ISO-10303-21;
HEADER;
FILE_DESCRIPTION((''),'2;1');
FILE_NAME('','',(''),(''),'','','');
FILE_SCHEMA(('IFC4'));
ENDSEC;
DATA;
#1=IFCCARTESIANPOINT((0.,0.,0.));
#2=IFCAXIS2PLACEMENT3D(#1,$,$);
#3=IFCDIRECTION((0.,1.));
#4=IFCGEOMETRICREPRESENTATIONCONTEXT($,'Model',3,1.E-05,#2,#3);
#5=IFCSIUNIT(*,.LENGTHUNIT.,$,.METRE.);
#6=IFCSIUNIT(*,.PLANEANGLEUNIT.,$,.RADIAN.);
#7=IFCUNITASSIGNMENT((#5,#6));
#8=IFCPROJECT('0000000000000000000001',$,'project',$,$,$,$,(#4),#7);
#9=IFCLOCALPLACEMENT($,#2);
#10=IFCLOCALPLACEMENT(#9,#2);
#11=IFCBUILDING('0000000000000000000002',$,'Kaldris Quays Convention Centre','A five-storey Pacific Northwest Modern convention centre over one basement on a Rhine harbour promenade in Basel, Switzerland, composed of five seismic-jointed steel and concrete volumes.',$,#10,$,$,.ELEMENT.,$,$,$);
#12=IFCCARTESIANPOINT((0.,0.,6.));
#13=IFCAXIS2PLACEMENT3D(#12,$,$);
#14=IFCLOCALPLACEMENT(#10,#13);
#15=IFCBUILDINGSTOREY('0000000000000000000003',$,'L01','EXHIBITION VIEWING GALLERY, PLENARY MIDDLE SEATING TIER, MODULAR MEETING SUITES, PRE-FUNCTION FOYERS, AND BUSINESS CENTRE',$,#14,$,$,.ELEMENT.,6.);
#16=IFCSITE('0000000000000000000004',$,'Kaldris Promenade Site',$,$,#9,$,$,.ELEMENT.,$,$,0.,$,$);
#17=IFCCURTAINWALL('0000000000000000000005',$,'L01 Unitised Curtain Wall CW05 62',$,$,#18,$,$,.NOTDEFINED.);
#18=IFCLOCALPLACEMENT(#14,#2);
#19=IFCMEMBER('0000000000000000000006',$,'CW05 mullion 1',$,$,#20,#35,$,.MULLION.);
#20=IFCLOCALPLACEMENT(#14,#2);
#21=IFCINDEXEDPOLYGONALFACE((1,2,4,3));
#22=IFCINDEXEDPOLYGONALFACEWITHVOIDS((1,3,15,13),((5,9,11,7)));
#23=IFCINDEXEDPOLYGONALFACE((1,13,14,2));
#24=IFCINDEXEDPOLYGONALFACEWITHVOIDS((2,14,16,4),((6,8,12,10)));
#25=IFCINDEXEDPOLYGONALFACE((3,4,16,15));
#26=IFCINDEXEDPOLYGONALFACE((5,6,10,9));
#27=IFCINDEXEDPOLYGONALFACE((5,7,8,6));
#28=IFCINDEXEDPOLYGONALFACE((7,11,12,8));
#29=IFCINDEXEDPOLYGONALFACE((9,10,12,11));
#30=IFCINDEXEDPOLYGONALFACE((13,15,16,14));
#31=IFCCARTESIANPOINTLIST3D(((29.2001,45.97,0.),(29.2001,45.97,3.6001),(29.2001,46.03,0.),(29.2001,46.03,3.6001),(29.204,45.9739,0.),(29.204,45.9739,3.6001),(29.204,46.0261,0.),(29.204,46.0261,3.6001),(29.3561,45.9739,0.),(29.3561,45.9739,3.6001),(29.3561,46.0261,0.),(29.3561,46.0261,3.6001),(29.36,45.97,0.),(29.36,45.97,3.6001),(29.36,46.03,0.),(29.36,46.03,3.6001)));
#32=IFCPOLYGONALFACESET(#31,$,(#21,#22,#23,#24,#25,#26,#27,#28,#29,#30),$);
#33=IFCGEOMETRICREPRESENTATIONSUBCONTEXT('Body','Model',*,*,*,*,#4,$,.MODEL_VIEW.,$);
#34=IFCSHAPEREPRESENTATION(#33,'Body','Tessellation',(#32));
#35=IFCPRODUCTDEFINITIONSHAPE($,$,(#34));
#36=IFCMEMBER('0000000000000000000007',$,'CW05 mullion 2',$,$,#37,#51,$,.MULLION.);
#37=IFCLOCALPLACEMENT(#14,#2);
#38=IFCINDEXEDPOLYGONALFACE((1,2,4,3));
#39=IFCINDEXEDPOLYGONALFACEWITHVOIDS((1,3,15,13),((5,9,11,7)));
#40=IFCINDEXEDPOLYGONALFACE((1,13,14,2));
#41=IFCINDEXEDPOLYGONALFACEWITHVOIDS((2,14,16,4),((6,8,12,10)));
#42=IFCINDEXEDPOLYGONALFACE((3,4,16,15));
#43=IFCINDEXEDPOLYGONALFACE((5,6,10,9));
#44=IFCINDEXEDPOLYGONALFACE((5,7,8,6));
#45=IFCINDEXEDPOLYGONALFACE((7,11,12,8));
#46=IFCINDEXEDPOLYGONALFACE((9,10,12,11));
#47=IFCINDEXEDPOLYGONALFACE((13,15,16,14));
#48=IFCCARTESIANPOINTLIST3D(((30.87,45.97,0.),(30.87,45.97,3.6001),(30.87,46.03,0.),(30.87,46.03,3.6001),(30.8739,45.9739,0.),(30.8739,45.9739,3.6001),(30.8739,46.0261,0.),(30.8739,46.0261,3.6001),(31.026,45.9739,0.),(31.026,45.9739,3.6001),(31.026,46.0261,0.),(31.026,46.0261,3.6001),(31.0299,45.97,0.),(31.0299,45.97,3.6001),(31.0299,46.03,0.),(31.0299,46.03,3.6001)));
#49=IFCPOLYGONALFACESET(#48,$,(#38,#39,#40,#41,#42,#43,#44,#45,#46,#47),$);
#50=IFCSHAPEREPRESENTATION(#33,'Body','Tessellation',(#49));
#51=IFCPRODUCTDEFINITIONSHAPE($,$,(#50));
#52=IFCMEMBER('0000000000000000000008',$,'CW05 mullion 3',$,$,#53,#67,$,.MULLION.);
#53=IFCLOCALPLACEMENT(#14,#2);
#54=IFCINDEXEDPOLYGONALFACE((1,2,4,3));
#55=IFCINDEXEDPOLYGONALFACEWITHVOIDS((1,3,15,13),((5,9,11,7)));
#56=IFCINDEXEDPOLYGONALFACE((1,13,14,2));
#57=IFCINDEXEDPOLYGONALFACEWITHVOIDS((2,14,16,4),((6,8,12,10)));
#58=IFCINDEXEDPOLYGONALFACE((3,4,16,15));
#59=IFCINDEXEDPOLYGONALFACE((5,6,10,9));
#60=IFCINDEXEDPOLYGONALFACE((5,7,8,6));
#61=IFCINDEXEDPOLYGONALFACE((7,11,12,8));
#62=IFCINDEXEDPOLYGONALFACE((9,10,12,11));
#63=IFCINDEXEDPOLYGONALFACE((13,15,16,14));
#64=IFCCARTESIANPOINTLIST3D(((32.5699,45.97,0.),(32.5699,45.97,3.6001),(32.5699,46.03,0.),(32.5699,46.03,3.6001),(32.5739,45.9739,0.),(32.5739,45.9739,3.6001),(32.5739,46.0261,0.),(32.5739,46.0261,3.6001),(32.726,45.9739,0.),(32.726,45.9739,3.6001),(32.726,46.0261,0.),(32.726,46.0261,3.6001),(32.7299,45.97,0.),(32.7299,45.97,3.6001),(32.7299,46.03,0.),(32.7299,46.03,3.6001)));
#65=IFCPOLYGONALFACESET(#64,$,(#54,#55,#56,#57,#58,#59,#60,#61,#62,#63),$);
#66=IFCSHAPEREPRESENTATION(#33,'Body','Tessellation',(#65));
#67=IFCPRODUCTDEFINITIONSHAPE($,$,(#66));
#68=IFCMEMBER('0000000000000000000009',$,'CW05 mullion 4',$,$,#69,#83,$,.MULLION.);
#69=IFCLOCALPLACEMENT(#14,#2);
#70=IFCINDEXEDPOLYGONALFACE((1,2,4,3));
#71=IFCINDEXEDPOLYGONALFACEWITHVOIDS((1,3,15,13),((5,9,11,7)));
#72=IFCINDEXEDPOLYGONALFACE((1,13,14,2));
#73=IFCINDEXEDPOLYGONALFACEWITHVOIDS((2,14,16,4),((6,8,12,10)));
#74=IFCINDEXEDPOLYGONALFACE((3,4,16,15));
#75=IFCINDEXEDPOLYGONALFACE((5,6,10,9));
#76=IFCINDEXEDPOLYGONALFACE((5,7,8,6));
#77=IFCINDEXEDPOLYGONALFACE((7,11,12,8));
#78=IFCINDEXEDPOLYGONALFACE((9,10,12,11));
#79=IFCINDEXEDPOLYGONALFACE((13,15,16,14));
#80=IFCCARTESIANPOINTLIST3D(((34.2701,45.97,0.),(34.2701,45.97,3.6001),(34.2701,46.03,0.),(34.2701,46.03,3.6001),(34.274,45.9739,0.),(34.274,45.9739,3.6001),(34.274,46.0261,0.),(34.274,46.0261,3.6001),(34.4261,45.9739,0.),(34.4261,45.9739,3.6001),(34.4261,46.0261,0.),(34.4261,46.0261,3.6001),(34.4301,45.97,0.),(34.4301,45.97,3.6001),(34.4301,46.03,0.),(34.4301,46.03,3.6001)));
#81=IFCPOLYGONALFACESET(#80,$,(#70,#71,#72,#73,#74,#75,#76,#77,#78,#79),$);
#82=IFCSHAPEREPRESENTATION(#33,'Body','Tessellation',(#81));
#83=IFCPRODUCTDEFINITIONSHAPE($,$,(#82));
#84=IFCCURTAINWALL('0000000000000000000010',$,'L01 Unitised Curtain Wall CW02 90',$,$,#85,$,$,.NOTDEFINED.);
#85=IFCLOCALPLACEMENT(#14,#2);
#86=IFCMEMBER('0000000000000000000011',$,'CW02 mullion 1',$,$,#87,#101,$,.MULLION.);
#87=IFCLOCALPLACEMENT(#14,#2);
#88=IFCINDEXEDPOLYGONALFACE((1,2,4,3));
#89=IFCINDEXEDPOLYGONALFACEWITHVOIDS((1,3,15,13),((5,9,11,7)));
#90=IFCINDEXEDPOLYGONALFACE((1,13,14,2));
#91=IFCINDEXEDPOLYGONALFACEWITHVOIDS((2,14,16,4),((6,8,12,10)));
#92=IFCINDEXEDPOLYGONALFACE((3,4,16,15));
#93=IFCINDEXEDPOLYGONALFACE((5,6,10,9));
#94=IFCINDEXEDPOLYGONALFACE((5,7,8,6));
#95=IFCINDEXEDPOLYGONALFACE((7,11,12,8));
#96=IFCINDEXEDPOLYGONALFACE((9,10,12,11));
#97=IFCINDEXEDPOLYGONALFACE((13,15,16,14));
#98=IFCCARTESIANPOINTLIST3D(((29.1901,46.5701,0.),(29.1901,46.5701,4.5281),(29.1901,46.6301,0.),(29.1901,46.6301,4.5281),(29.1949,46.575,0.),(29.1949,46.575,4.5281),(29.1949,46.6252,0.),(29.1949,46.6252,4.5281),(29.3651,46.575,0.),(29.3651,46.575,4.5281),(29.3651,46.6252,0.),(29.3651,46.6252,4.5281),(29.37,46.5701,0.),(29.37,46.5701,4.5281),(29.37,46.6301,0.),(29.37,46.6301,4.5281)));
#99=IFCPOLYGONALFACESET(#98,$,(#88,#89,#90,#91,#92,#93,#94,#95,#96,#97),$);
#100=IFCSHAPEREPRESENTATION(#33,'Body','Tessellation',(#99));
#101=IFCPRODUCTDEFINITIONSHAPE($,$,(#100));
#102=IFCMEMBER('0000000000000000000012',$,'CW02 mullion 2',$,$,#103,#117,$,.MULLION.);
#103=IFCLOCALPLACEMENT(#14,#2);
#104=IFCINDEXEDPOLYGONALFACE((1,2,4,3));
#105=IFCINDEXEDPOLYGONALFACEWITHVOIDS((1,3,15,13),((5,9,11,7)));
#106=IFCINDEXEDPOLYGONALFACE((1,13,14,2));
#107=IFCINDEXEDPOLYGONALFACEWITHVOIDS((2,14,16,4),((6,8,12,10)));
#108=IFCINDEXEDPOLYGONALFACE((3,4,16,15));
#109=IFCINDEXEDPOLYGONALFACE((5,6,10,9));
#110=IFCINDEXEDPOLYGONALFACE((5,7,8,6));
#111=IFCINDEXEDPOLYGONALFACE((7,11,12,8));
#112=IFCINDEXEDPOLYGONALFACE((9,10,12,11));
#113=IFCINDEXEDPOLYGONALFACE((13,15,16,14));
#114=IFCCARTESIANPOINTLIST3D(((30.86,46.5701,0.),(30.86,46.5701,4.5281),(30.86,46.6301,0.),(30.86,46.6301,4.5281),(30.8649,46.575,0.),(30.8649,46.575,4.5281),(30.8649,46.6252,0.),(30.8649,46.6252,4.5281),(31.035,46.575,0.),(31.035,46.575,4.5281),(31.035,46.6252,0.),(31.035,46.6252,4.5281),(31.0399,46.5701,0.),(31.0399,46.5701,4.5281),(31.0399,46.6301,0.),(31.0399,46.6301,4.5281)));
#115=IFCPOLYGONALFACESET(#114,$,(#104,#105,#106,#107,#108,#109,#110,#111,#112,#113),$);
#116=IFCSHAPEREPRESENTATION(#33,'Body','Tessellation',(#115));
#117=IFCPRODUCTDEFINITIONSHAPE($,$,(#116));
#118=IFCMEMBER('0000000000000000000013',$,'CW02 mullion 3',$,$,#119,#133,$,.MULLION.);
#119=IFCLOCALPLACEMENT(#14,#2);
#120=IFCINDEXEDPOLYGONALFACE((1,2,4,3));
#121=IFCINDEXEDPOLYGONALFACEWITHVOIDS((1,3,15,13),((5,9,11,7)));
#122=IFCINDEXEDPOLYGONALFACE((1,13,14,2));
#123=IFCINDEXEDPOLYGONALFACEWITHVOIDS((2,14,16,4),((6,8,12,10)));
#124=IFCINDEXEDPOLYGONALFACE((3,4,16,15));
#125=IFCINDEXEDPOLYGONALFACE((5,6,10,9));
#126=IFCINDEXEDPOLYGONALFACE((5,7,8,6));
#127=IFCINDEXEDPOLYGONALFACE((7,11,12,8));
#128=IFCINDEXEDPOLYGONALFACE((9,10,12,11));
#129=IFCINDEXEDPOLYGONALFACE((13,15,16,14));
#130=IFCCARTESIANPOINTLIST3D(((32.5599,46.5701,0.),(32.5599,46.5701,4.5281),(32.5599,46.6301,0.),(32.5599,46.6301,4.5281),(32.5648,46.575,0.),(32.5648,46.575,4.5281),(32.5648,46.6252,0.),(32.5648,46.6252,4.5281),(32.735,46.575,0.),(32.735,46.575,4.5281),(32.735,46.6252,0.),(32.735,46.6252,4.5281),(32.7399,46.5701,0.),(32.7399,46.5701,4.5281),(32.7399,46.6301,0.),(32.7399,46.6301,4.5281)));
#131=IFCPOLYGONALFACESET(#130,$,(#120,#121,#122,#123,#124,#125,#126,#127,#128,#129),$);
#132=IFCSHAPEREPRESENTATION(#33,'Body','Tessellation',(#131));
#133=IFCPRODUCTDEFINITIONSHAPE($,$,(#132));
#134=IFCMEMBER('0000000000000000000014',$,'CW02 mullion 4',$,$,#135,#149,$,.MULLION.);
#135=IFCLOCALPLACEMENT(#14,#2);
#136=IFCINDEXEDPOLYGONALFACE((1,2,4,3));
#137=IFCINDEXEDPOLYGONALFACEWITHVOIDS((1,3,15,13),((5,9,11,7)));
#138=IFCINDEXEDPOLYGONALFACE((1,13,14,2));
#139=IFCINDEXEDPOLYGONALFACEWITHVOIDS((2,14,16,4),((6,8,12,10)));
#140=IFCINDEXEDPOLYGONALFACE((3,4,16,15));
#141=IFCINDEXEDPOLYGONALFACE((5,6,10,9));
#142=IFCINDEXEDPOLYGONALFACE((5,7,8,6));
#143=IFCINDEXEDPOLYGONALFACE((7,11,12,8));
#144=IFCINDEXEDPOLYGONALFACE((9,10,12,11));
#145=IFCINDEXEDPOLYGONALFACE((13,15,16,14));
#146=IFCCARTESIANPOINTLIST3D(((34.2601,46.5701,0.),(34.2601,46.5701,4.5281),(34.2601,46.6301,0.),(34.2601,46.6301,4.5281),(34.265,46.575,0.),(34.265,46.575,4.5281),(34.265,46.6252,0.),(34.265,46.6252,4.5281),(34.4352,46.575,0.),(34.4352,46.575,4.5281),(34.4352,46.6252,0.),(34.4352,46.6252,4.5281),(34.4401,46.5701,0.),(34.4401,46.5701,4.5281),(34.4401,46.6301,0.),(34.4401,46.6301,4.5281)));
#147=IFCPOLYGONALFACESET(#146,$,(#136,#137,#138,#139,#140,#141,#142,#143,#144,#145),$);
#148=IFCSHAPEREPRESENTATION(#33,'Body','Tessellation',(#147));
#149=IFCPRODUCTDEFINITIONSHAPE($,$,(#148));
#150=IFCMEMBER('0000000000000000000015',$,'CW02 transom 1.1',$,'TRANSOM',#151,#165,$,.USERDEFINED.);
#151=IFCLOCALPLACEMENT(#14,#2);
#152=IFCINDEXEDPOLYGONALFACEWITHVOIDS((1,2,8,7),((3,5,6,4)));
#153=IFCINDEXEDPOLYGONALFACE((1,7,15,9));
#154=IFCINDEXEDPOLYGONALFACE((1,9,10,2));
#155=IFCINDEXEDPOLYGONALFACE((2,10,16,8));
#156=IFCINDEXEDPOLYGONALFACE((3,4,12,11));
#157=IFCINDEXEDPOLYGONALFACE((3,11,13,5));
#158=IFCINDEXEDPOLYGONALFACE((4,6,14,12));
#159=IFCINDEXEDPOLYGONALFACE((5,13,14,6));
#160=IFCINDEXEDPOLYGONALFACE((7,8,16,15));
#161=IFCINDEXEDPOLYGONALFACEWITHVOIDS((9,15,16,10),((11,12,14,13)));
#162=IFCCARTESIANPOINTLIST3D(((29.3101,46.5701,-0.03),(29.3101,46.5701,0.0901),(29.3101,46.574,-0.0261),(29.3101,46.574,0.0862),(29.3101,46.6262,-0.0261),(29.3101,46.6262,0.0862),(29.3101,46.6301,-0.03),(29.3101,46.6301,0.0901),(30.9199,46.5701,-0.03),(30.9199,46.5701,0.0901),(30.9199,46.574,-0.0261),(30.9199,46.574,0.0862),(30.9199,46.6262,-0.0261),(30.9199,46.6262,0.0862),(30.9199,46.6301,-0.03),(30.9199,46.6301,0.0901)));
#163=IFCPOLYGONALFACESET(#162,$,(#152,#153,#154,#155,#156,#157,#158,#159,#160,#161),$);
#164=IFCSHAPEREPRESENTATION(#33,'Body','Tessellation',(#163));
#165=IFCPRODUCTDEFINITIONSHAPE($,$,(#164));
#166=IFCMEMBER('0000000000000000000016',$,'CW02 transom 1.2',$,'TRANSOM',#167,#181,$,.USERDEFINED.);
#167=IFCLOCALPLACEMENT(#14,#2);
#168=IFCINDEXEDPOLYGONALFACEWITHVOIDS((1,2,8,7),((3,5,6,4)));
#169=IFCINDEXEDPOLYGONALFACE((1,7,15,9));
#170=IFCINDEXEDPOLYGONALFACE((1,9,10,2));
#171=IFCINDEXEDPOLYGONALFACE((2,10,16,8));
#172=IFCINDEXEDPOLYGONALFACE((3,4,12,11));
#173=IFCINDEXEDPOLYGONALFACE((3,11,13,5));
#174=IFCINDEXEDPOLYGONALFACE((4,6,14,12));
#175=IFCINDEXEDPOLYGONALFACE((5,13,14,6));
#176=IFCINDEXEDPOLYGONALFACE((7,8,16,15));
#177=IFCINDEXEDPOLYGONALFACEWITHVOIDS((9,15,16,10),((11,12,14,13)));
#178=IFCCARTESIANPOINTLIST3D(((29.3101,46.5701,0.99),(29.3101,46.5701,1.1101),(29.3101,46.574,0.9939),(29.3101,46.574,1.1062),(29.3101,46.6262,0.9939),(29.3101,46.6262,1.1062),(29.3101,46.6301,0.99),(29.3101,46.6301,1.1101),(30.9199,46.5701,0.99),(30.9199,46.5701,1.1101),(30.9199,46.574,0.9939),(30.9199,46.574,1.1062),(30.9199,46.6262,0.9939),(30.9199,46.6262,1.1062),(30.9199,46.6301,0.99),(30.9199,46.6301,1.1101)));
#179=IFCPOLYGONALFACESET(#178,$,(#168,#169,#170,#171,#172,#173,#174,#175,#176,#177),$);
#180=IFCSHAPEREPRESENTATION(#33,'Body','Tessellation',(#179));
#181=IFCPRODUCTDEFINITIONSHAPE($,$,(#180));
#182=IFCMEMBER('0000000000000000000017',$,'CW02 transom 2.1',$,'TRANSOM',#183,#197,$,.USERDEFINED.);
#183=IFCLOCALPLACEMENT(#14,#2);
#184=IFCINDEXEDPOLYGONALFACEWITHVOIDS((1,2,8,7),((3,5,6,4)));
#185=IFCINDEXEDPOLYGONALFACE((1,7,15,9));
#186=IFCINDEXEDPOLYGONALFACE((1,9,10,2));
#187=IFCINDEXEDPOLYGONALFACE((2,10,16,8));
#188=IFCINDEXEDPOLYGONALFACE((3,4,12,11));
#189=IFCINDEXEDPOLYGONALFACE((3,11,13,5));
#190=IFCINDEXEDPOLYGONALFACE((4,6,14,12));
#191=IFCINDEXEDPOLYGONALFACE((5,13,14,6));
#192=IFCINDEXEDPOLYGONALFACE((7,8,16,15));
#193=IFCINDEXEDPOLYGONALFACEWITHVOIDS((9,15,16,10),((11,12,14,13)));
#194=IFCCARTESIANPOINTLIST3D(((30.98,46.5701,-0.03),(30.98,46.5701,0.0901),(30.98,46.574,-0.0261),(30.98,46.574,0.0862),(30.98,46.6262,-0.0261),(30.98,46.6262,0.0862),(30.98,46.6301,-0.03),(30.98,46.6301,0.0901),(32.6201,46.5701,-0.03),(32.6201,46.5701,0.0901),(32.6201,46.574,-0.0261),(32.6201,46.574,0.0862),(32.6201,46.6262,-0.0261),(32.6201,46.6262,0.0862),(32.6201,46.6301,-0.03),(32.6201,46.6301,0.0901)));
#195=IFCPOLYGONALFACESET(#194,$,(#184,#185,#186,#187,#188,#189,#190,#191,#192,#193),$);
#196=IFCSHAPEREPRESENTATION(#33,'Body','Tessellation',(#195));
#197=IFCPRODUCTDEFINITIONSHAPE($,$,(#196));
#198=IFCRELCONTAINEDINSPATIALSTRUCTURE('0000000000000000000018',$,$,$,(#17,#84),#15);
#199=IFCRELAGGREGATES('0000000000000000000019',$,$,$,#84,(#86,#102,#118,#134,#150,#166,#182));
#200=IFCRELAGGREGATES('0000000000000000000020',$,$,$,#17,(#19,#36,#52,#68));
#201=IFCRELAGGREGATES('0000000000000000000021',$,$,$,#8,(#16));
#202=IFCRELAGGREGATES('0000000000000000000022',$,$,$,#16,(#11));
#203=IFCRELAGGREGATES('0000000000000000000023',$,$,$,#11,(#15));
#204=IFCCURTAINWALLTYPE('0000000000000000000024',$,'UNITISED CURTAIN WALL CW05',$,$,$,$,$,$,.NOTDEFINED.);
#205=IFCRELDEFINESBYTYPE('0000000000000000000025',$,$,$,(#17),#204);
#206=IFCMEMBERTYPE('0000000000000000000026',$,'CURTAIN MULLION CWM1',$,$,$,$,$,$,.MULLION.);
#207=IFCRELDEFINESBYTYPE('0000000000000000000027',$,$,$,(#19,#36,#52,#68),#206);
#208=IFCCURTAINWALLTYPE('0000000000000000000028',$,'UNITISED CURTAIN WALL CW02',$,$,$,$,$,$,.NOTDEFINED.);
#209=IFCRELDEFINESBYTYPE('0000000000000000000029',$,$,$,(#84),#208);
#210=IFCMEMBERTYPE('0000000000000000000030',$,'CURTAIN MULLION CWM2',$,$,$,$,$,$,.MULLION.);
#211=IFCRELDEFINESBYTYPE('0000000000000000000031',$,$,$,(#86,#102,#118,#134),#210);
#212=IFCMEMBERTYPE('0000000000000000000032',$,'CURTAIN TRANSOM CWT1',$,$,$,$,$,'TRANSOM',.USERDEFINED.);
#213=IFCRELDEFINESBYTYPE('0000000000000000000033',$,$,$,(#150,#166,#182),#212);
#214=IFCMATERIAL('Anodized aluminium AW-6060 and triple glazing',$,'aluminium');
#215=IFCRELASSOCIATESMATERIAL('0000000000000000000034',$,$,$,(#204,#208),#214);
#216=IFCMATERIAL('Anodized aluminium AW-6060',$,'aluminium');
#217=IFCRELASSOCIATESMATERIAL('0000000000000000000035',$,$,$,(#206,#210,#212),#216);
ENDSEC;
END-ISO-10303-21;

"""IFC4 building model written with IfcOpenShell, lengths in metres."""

from ifc_helpers import new_model, si_unit, direction, frame, origin, origin_2d, place, context, subcontext, project, spatial, hollow_rectangle, extrude, material, material_profile, profile_set, type_object, element, aggregate, save


model = new_model("IFC4")

# Units and contexts
model_context = context("Model", 3, precision=1e-05, world=origin(), true_north=direction((0.0, 1.0)))
body_context = subcontext(model_context, "Body", "Model", "MODEL_VIEW")
ifc_project = project(units=[si_unit("LENGTHUNIT", "METRE"), si_unit("PLANEANGLEUNIT", "RADIAN")], contexts=[model_context])

# Site, building, storey
site_placement = place(None, origin())
site = spatial("IfcSite", under=ifc_project, at=site_placement, Name="Kaldris Promenade Site", CompositionType="ELEMENT", RefElevation=0.0)
building_placement = place(site_placement, origin())
building = spatial("IfcBuilding", under=site, at=building_placement, Name="Kaldris Quays Convention Centre", Description="A five-storey Pacific Northwest Modern convention centre over one basement on a Rhine harbour promenade in Basel, Switzerland, composed of five seismic-jointed steel and concrete volumes.", CompositionType="ELEMENT")
storey_placement = place(building_placement, frame((0.0, 0.0, 6.0)))
storey = spatial("IfcBuildingStorey", under=building, at=storey_placement, Name="L01", Description="EXHIBITION VIEWING GALLERY, PLENARY MIDDLE SEATING TIER, MODULAR MEETING SUITES, PRE-FUNCTION FOYERS, AND BUSINESS CENTRE", CompositionType="ELEMENT", Elevation=6.0)

# Curtain walls, members
ifc_material_1 = material(Name="Anodized aluminium AW-6060 and triple glazing", Category="aluminium")
curtain_wall_type_1 = type_object("IfcCurtainWallType", Name="UNITISED CURTAIN WALL CW05", PredefinedType="NOTDEFINED", material=ifc_material_1)
curtain_wall_1_placement = place(storey_placement, origin())
curtain_wall_1 = element("IfcCurtainWall", 1, at=curtain_wall_1_placement, inside=storey, type_object=curtain_wall_type_1, Name="L01 Unitised Curtain Wall CW05 62", PredefinedType="NOTDEFINED")
ifc_material_2 = material(Name="Anodized aluminium AW-6060", Category="aluminium")
ifc_material_profile_1 = material_profile(ifc_material_2, hollow_rectangle(XDim=0.0601, YDim=0.1599, WallThickness=0.0039, at=origin_2d()), Name="RHS 160x60x4")
ifc_profile_set_1 = profile_set([ifc_material_profile_1], Name="Anodized aluminium AW-6060")
member_type_1 = type_object("IfcMemberType", Name="CURTAIN MULLION CWM1", PredefinedType="MULLION", material=ifc_profile_set_1)
member_1_placement = place(storey_placement, frame((29.28, 46.0, 0.0), z_axis=(0.0, 0.0, 1.0), x_axis=(0.0, 1.0, 0.0)))
member_1 = element("IfcMember", 2, at=member_1_placement, type_object=member_type_1, Name="CW05 mullion 1", PredefinedType="MULLION", context=body_context, shape_type="SweptSolid", body=[
    extrude(hollow_rectangle(XDim=0.0601, YDim=0.1599, WallThickness=0.0039, at=origin_2d()), origin(), (0.0, 0.0, 1.0), 3.6001),
])
member_2_placement = place(storey_placement, frame((30.95, 46.0, 0.0), z_axis=(0.0, 0.0, 1.0), x_axis=(0.0, 1.0, 0.0)))
member_2 = element("IfcMember", 3, at=member_2_placement, type_object=member_type_1, Name="CW05 mullion 2", PredefinedType="MULLION", context=body_context, shape_type="SweptSolid", body=[
    extrude(hollow_rectangle(XDim=0.0601, YDim=0.1599, WallThickness=0.0039, at=origin_2d()), origin(), (0.0, 0.0, 1.0), 3.6001),
])
member_3_placement = place(storey_placement, frame((32.6499, 46.0, 0.0), z_axis=(0.0, 0.0, 1.0), x_axis=(0.0, 1.0, 0.0)))
member_3 = element("IfcMember", 4, at=member_3_placement, type_object=member_type_1, Name="CW05 mullion 3", PredefinedType="MULLION", context=body_context, shape_type="SweptSolid", body=[
    extrude(hollow_rectangle(XDim=0.0601, YDim=0.1599, WallThickness=0.0039, at=origin_2d()), origin(), (0.0, 0.0, 1.0), 3.6001),
])
member_4_placement = place(storey_placement, frame((34.3501, 46.0, 0.0), z_axis=(0.0, 0.0, 1.0), x_axis=(0.0, 1.0, 0.0)))
member_4 = element("IfcMember", 5, at=member_4_placement, type_object=member_type_1, Name="CW05 mullion 4", PredefinedType="MULLION", context=body_context, shape_type="SweptSolid", body=[
    extrude(hollow_rectangle(XDim=0.0601, YDim=0.1599, WallThickness=0.0039, at=origin_2d()), origin(), (0.0, 0.0, 1.0), 3.6001),
])
curtain_wall_type_2 = type_object("IfcCurtainWallType", Name="UNITISED CURTAIN WALL CW02", PredefinedType="NOTDEFINED", material=ifc_material_1)
curtain_wall_2_placement = place(storey_placement, origin())
curtain_wall_2 = element("IfcCurtainWall", 6, at=curtain_wall_2_placement, inside=storey, type_object=curtain_wall_type_2, Name="L01 Unitised Curtain Wall CW02 90", PredefinedType="NOTDEFINED")
ifc_material_profile_2 = material_profile(ifc_material_2, hollow_rectangle(XDim=0.0601, YDim=0.1799, WallThickness=0.0049, at=origin_2d()), Name="RHS 180x60x5")
ifc_profile_set_2 = profile_set([ifc_material_profile_2], Name="Anodized aluminium AW-6060")
member_type_2 = type_object("IfcMemberType", Name="CURTAIN MULLION CWM2", PredefinedType="MULLION", material=ifc_profile_set_2)
member_5_placement = place(storey_placement, frame((29.28, 46.6001, 0.0), z_axis=(0.0, 0.0, 1.0), x_axis=(0.0, 1.0, 0.0)))
member_5 = element("IfcMember", 7, at=member_5_placement, type_object=member_type_2, Name="CW02 mullion 1", PredefinedType="MULLION", context=body_context, shape_type="SweptSolid", body=[
    extrude(hollow_rectangle(XDim=0.0601, YDim=0.1799, WallThickness=0.0049, at=origin_2d()), origin(), (0.0, 0.0, 1.0), 4.5281),
])
member_6_placement = place(storey_placement, frame((30.95, 46.6001, 0.0), z_axis=(0.0, 0.0, 1.0), x_axis=(0.0, 1.0, 0.0)))
member_6 = element("IfcMember", 8, at=member_6_placement, type_object=member_type_2, Name="CW02 mullion 2", PredefinedType="MULLION", context=body_context, shape_type="SweptSolid", body=[
    extrude(hollow_rectangle(XDim=0.0601, YDim=0.1799, WallThickness=0.0049, at=origin_2d()), origin(), (0.0, 0.0, 1.0), 4.5281),
])
member_7_placement = place(storey_placement, frame((32.6499, 46.6001, 0.0), z_axis=(0.0, 0.0, 1.0), x_axis=(0.0, 1.0, 0.0)))
member_7 = element("IfcMember", 9, at=member_7_placement, type_object=member_type_2, Name="CW02 mullion 3", PredefinedType="MULLION", context=body_context, shape_type="SweptSolid", body=[
    extrude(hollow_rectangle(XDim=0.0601, YDim=0.1799, WallThickness=0.0049, at=origin_2d()), origin(), (0.0, 0.0, 1.0), 4.5281),
])
member_8_placement = place(storey_placement, frame((34.3501, 46.6001, 0.0), z_axis=(0.0, 0.0, 1.0), x_axis=(0.0, 1.0, 0.0)))
member_8 = element("IfcMember", 10, at=member_8_placement, type_object=member_type_2, Name="CW02 mullion 4", PredefinedType="MULLION", context=body_context, shape_type="SweptSolid", body=[
    extrude(hollow_rectangle(XDim=0.0601, YDim=0.1799, WallThickness=0.0049, at=origin_2d()), origin(), (0.0, 0.0, 1.0), 4.5281),
])
ifc_material_profile_3 = material_profile(ifc_material_2, hollow_rectangle(XDim=0.0601, YDim=0.1201, WallThickness=0.0039, at=origin_2d()), Name="RHS 120x60x4")
ifc_profile_set_3 = profile_set([ifc_material_profile_3], Name="Anodized aluminium AW-6060")
member_type_3 = type_object("IfcMemberType", Name="CURTAIN TRANSOM CWT1", ElementType="TRANSOM", PredefinedType="USERDEFINED", material=ifc_profile_set_3)
member_9_placement = place(storey_placement, frame((29.3101, 46.6001, 0.03), z_axis=(1.0, 0.0, 0.0), x_axis=(0.0, 1.0, 0.0)))
member_9 = element("IfcMember", 11, at=member_9_placement, type_object=member_type_3, Name="CW02 transom 1.1", ObjectType="TRANSOM", PredefinedType="USERDEFINED", context=body_context, shape_type="SweptSolid", body=[
    extrude(hollow_rectangle(XDim=0.0601, YDim=0.1201, WallThickness=0.0039, at=origin_2d()), origin(), (0.0, 0.0, 1.0), 1.6099),
])
member_10_placement = place(storey_placement, frame((29.3101, 46.6001, 1.05), z_axis=(1.0, 0.0, 0.0), x_axis=(0.0, 1.0, 0.0)))
member_10 = element("IfcMember", 12, at=member_10_placement, type_object=member_type_3, Name="CW02 transom 1.2", ObjectType="TRANSOM", PredefinedType="USERDEFINED", context=body_context, shape_type="SweptSolid", body=[
    extrude(hollow_rectangle(XDim=0.0601, YDim=0.1201, WallThickness=0.0039, at=origin_2d()), origin(), (0.0, 0.0, 1.0), 1.6099),
])
member_11_placement = place(storey_placement, frame((30.98, 46.6001, 0.03), z_axis=(1.0, 0.0, 0.0), x_axis=(0.0, 1.0, 0.0)))
member_11 = element("IfcMember", 13, at=member_11_placement, type_object=member_type_3, Name="CW02 transom 2.1", ObjectType="TRANSOM", PredefinedType="USERDEFINED", context=body_context, shape_type="SweptSolid", body=[
    extrude(hollow_rectangle(XDim=0.0601, YDim=0.1201, WallThickness=0.0039, at=origin_2d()), origin(), (0.0, 0.0, 1.0), 1.6401),
])

aggregate(curtain_wall_2, [member_5, member_6, member_7, member_8, member_9, member_10, member_11])
aggregate(curtain_wall_1, [member_1, member_2, member_3, member_4])

save(model, "model.ifc")
